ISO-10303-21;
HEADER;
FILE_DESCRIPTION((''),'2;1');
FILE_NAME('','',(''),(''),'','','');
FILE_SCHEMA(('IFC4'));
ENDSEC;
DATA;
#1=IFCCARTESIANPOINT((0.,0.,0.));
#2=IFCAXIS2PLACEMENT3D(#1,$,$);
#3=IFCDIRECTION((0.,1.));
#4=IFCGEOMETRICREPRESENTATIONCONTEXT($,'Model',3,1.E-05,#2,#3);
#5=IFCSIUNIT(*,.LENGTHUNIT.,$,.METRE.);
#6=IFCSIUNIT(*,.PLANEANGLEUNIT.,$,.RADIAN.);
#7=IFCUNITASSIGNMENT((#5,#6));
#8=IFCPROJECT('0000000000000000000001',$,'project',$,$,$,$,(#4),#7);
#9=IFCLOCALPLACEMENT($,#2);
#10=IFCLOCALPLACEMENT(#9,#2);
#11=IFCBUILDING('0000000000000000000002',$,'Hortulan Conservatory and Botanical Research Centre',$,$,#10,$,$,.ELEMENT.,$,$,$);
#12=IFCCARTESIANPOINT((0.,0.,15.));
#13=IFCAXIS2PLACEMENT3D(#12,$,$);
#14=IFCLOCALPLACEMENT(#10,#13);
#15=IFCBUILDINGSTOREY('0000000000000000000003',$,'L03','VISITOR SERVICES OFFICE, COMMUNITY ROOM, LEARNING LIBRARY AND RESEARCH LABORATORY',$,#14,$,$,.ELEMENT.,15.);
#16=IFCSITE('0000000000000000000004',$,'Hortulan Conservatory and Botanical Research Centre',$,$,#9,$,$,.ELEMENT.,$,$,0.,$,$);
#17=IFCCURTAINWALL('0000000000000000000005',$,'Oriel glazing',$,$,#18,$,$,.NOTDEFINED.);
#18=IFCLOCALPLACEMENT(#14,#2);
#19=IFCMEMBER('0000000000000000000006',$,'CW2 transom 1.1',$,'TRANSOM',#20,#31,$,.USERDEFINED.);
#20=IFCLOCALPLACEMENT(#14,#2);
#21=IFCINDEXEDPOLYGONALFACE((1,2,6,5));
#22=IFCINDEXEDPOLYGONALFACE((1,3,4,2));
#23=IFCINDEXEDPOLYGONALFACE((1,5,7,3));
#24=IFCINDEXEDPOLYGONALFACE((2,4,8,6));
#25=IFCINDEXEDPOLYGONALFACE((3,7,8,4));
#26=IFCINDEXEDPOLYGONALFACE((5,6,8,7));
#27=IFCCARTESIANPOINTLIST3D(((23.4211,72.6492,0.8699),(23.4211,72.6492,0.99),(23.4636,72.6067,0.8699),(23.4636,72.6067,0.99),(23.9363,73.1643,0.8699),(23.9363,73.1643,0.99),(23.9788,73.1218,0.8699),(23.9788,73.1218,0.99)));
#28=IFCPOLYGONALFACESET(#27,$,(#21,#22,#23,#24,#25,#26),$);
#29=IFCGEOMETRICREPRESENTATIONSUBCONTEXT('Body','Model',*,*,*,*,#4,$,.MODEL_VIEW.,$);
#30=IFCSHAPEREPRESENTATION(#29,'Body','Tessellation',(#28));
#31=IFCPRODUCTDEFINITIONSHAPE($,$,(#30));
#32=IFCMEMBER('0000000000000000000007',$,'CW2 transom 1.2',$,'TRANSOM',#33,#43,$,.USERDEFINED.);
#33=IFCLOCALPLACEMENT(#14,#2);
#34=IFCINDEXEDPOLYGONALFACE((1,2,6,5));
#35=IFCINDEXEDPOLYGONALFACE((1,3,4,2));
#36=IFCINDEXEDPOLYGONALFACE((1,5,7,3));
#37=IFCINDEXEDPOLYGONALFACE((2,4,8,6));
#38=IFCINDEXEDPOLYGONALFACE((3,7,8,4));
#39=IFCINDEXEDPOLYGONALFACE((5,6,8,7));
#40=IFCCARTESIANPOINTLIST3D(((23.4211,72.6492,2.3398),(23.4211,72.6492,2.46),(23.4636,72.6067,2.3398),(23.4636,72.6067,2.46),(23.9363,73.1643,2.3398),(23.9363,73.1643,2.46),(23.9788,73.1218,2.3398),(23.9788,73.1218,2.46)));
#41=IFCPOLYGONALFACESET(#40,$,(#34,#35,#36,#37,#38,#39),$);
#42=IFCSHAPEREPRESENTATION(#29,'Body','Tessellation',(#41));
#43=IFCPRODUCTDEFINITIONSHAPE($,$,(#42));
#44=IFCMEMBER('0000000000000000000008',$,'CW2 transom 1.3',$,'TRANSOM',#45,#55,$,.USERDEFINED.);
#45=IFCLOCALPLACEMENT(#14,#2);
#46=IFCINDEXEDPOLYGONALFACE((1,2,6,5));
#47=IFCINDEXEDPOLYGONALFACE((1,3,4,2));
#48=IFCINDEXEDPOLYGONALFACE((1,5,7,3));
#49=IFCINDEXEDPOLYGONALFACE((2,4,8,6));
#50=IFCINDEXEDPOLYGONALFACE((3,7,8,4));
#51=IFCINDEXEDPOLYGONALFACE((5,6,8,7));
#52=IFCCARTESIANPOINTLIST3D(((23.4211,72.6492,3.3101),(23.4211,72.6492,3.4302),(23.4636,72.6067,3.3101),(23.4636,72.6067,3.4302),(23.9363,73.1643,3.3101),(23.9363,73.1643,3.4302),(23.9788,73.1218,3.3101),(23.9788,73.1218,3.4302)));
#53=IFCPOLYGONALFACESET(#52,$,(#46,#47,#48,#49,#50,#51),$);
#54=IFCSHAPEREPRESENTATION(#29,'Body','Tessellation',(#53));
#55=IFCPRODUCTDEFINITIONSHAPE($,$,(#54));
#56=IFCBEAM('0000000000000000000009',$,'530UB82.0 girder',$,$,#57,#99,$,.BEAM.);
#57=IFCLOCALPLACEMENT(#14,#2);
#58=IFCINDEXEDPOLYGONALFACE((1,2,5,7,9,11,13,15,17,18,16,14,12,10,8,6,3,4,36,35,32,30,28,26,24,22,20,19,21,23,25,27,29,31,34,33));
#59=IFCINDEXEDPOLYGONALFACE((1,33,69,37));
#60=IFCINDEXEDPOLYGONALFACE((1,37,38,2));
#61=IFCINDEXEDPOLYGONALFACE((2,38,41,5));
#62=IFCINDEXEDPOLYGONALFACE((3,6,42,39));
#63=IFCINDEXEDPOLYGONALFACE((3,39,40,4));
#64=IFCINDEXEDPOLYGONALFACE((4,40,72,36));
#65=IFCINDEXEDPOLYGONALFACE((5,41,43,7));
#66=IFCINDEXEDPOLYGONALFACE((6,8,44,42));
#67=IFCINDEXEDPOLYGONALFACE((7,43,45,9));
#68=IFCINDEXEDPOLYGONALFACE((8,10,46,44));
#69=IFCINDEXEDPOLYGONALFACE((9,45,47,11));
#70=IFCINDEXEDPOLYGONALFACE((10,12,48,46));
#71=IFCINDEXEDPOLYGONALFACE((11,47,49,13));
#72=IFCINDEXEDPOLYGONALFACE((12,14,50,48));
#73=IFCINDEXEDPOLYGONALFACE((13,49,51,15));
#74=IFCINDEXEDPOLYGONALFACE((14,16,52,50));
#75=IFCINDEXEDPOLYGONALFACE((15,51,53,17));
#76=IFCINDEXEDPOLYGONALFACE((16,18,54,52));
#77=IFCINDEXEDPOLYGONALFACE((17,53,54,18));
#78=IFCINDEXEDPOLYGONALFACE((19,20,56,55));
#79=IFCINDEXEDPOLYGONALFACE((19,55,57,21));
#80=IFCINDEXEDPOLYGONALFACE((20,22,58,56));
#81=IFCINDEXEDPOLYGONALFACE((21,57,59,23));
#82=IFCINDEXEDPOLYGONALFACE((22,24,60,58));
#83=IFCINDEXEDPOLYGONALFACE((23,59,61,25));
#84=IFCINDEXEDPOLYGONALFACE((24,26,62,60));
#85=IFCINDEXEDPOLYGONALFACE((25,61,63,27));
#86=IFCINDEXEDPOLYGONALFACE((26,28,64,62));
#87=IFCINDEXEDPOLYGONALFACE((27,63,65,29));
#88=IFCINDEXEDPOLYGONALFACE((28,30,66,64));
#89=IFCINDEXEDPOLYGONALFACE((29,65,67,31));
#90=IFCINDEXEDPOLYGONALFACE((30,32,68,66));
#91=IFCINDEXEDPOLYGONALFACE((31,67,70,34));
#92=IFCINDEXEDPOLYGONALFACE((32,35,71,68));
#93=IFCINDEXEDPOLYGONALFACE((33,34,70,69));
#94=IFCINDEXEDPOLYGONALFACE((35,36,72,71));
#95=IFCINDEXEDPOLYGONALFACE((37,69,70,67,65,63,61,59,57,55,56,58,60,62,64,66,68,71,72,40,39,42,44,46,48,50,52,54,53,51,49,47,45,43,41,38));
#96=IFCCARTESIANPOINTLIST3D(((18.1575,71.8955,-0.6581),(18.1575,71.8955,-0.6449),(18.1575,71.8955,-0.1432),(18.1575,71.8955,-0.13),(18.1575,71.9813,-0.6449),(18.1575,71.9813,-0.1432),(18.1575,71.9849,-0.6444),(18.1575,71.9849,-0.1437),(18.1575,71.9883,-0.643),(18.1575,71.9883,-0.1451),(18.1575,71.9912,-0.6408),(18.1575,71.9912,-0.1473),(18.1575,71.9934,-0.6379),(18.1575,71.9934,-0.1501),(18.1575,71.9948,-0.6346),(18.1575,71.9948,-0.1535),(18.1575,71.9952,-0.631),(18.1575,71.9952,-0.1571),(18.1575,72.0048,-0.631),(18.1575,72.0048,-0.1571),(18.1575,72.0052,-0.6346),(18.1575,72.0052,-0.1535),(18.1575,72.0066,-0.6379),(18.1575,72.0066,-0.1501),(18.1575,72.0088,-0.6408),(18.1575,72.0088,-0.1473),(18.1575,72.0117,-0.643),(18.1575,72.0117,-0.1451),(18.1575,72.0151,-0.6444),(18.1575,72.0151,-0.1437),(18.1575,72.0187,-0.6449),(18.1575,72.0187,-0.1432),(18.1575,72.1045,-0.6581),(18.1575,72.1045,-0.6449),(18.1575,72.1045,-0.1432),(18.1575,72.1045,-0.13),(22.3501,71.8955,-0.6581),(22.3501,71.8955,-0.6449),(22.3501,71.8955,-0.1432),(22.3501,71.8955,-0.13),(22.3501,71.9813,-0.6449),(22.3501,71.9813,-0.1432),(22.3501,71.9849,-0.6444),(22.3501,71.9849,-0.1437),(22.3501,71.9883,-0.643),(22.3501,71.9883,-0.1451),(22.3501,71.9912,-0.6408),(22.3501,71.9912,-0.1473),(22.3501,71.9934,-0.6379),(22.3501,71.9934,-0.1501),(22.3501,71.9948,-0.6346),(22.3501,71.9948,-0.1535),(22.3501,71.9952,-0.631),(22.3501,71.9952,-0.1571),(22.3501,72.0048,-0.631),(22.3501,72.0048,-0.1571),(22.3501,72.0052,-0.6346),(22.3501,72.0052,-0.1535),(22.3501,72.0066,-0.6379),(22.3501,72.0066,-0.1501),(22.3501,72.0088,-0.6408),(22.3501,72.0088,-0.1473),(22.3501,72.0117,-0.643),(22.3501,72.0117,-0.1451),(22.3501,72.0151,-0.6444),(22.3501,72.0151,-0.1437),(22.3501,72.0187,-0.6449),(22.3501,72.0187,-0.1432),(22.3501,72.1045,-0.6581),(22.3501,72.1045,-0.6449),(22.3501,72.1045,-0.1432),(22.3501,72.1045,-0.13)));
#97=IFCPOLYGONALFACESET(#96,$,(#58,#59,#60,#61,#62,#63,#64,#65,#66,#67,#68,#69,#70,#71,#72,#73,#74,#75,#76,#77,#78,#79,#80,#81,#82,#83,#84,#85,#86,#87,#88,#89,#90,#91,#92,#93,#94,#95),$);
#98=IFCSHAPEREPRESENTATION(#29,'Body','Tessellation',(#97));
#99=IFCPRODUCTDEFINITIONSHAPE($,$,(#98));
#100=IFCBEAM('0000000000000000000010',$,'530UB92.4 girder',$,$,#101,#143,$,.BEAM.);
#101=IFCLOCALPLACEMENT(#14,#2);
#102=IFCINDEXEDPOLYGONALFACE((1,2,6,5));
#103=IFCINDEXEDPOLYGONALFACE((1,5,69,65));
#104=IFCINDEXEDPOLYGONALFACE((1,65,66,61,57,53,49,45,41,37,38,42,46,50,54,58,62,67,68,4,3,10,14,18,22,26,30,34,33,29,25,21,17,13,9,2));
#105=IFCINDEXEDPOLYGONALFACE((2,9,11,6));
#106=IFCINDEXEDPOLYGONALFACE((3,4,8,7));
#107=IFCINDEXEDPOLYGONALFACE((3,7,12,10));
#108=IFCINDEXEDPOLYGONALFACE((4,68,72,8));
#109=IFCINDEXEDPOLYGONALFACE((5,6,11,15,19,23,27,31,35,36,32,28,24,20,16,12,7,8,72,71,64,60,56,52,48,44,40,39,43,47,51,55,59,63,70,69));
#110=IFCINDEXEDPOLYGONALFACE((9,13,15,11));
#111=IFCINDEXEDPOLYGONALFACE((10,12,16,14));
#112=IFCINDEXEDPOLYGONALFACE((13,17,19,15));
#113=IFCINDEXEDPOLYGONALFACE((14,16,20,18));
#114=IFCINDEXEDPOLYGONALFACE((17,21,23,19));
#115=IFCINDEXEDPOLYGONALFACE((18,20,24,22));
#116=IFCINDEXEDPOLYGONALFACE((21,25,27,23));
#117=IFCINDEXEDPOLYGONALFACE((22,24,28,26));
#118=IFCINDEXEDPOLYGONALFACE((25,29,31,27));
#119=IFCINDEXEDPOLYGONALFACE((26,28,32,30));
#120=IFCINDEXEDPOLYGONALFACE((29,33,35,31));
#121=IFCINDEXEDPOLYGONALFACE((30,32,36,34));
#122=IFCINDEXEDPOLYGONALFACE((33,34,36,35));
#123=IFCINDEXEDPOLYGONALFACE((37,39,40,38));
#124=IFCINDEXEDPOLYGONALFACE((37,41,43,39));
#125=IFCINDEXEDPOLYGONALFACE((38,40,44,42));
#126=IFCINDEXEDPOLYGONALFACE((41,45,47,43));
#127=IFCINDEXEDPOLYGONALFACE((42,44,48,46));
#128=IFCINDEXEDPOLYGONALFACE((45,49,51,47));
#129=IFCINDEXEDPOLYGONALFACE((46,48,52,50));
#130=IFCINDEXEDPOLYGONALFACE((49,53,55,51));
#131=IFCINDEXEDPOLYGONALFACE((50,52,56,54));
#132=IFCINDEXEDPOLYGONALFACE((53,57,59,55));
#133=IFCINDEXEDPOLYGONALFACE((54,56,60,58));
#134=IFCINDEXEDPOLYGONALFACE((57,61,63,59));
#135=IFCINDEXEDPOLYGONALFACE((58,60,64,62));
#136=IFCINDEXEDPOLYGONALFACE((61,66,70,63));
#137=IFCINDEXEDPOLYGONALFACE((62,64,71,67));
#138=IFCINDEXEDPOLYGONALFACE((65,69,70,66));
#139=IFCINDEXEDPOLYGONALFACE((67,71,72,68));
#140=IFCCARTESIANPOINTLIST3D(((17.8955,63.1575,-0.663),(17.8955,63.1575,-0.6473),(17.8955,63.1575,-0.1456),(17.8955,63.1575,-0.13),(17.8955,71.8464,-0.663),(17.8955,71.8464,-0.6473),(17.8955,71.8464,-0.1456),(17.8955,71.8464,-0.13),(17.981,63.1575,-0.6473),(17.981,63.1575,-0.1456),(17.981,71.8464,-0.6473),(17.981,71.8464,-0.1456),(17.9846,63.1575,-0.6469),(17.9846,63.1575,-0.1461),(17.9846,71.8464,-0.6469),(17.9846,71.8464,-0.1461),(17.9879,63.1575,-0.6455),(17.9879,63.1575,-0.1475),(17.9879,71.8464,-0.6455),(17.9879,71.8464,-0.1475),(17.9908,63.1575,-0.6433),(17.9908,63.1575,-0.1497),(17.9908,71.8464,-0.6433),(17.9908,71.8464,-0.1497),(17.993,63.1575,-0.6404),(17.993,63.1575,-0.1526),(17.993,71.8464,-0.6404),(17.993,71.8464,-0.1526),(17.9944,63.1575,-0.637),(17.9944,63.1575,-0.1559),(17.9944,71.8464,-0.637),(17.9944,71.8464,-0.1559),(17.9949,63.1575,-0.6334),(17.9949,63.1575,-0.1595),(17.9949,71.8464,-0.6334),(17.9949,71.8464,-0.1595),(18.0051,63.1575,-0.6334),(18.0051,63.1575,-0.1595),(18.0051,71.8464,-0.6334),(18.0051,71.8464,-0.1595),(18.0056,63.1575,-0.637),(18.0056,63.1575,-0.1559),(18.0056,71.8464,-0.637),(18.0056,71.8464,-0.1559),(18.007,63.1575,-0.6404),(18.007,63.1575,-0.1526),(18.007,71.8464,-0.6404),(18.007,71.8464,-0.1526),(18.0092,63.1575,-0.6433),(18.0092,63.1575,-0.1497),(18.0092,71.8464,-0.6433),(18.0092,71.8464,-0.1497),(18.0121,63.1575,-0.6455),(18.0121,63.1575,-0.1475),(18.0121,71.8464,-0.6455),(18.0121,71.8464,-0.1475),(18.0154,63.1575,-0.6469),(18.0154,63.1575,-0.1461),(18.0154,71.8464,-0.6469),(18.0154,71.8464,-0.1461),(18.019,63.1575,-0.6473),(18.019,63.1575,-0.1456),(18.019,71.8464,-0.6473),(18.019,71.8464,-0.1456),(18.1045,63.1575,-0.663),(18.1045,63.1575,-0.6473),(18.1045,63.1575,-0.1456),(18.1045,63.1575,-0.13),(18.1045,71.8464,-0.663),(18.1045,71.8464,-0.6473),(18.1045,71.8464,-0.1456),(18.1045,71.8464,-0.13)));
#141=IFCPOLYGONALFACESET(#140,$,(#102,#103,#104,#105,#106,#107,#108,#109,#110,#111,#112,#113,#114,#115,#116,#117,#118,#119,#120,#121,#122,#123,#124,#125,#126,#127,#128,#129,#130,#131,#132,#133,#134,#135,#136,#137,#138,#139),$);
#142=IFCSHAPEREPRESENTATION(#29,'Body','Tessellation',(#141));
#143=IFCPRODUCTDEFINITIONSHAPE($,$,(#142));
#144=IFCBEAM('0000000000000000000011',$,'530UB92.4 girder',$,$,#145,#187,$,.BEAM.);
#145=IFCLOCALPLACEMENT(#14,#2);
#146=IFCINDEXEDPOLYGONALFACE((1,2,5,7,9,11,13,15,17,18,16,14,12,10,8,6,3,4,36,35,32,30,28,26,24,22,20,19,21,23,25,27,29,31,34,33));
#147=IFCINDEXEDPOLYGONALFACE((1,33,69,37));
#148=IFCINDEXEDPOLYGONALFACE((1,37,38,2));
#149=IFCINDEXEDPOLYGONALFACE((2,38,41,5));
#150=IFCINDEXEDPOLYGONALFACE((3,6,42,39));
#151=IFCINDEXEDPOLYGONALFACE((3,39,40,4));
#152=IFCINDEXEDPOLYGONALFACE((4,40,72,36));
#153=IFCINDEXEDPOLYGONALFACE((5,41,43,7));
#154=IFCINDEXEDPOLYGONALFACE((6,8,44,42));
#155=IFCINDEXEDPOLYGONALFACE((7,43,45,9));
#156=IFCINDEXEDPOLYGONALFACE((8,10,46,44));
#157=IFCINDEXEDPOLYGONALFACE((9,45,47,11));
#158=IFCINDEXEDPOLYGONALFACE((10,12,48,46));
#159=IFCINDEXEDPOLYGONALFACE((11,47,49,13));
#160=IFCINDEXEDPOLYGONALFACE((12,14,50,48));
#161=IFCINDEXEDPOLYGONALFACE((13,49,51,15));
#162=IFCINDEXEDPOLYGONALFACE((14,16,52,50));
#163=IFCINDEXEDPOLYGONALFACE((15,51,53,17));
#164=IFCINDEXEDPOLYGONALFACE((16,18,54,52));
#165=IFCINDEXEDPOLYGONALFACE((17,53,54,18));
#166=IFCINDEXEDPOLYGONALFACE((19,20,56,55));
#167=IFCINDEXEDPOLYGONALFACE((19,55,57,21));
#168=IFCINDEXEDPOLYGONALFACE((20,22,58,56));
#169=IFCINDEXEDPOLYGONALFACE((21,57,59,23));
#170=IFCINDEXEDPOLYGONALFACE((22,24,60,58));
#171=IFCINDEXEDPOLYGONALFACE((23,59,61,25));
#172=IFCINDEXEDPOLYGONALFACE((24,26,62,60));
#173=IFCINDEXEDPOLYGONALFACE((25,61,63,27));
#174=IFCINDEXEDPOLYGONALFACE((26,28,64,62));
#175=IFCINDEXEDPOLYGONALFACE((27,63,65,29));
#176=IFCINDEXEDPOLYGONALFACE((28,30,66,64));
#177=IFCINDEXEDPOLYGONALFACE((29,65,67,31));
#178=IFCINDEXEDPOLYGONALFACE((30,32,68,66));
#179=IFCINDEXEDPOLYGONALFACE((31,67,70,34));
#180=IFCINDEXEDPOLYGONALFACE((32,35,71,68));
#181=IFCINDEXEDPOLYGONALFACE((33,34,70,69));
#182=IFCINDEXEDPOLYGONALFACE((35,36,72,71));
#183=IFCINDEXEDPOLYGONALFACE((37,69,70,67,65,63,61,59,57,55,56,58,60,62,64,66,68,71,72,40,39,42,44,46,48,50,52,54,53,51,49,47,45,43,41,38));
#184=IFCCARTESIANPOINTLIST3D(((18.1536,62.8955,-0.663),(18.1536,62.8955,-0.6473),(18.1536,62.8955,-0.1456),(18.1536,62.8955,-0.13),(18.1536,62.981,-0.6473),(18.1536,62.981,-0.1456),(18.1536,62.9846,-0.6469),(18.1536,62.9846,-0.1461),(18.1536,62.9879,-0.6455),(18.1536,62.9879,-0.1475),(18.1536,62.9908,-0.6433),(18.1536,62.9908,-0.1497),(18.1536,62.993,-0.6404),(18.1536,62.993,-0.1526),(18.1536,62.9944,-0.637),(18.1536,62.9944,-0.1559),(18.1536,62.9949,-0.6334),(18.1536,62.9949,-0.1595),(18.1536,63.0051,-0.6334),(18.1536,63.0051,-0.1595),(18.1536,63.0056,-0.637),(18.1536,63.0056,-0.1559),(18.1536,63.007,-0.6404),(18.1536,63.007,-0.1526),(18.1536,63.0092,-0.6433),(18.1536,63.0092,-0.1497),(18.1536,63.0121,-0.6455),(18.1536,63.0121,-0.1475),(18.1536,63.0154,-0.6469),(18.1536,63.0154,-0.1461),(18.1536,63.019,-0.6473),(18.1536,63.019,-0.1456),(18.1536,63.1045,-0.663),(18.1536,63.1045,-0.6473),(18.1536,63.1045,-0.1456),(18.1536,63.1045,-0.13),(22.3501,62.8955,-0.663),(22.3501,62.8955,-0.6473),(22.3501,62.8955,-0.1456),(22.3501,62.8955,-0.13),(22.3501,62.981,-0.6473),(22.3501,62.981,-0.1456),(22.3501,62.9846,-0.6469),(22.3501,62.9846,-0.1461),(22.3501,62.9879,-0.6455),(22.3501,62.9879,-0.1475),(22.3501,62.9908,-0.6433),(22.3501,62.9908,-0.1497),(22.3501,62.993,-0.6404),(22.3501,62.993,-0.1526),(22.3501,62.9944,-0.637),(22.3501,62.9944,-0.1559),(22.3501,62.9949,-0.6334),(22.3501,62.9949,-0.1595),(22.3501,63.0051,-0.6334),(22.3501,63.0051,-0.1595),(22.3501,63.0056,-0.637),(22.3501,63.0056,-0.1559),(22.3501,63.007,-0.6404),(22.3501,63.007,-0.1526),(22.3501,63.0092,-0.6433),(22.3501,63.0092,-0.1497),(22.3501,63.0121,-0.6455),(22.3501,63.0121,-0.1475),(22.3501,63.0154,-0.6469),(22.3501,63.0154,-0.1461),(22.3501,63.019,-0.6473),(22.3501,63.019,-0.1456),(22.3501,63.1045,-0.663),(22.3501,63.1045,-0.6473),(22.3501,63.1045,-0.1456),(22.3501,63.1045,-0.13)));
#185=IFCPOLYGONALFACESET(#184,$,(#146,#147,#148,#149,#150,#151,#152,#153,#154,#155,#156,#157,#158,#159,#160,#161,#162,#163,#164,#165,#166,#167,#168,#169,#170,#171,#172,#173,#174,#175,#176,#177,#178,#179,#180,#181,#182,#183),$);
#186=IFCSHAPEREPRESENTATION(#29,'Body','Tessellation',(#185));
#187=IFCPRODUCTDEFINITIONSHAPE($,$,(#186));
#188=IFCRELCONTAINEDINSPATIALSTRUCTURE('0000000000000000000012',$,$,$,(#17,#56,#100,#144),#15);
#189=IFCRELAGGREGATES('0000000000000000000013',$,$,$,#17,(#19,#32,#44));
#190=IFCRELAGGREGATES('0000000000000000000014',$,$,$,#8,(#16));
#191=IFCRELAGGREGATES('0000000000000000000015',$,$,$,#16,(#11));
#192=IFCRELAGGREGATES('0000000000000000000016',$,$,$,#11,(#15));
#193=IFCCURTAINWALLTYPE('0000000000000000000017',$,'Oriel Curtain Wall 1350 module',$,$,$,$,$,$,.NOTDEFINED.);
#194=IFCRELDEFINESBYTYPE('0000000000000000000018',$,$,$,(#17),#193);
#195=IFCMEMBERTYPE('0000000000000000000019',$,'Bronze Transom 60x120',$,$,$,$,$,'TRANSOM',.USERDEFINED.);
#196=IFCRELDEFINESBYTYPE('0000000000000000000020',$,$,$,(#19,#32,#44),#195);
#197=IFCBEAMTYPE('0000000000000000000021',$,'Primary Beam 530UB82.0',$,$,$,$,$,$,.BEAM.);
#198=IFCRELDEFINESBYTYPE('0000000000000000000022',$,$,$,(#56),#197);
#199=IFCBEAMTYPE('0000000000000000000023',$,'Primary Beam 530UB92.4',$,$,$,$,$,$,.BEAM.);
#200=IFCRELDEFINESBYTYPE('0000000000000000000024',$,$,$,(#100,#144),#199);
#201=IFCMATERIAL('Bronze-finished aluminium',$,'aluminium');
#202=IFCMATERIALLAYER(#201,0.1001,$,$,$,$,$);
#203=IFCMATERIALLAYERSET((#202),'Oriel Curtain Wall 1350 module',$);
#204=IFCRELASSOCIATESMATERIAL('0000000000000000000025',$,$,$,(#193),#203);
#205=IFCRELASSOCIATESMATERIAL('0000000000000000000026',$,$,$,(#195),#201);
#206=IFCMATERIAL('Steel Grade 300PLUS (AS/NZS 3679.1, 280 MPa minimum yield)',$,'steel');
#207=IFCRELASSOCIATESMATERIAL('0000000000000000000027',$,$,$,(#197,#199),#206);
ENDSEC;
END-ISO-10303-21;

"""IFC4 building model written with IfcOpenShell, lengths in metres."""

from ifc_helpers import new_model, si_unit, direction, frame, origin, origin_2d, place, context, subcontext, project, spatial, rectangle, i_section, extrude, material, layer, layer_set, material_profile, profile_set, type_object, element, aggregate, save


model = new_model("IFC4")

# Units and contexts
model_context = context("Model", 3, precision=1e-05, world=origin(), true_north=direction((0.0, 1.0)))
body_context = subcontext(model_context, "Body", "Model", "MODEL_VIEW")
ifc_project = project(units=[si_unit("LENGTHUNIT", "METRE"), si_unit("PLANEANGLEUNIT", "RADIAN")], contexts=[model_context])

# Site, building, storey
site_placement = place(None, origin())
site = spatial("IfcSite", under=ifc_project, at=site_placement, Name="Hortulan Conservatory and Botanical Research Centre", CompositionType="ELEMENT", RefElevation=0.0)
building_placement = place(site_placement, origin())
building = spatial("IfcBuilding", under=site, at=building_placement, Name="Hortulan Conservatory and Botanical Research Centre", CompositionType="ELEMENT")
storey_placement = place(building_placement, frame((0.0, 0.0, 15.0)))
storey = spatial("IfcBuildingStorey", under=building, at=storey_placement, Name="L03", Description="VISITOR SERVICES OFFICE, COMMUNITY ROOM, LEARNING LIBRARY AND RESEARCH LABORATORY", CompositionType="ELEMENT", Elevation=15.0)

# Shared definitions
ifc_material_1 = material(Name="Steel Grade 300PLUS (AS/NZS 3679.1, 280 MPa minimum yield)", Category="steel")

# Shared definitions
ifc_material_2 = material(Name="Bronze-finished aluminium", Category="aluminium")
ifc_layer_1 = layer(ifc_material_2, 0.1001)
ifc_layer_set_1 = layer_set([ifc_layer_1], Name="Oriel Curtain Wall 1350 module")
curtain_wall_type = type_object("IfcCurtainWallType", Name="Oriel Curtain Wall 1350 module", PredefinedType="NOTDEFINED", material=ifc_layer_set_1)

# Curtain wall
curtain_wall_1_placement = place(storey_placement, origin())
curtain_wall_1 = element("IfcCurtainWall", 1, at=curtain_wall_1_placement, inside=storey, type_object=curtain_wall_type, Name="Oriel glazing", PredefinedType="NOTDEFINED")

# Members
ifc_material_profile_1 = material_profile(ifc_material_2, rectangle(XDim=0.0601, YDim=0.1201, at=origin_2d()), Name="Bronze Transom 60x120")
ifc_profile_set_1 = profile_set([ifc_material_profile_1], Name="Bronze-finished aluminium")
member_type_1 = type_object("IfcMemberType", Name="Bronze Transom 60x120", ElementType="TRANSOM", PredefinedType="USERDEFINED", material=ifc_profile_set_1)
member_1_placement = place(storey_placement, frame((23.4424, 72.6279, 0.9299), z_axis=(0.707107, 0.707107, 0.0), x_axis=(-0.707107, 0.707107, 0.0)))
member_1 = element("IfcMember", 2, at=member_1_placement, type_object=member_type_1, Name="CW2 transom 1.1", ObjectType="TRANSOM", PredefinedType="USERDEFINED", context=body_context, shape_type="SweptSolid", body=[
    extrude(rectangle(XDim=0.0601, YDim=0.1201, at=origin_2d()), origin(), (0.0, 0.0, 1.0), 0.7285),
])
member_2_placement = place(storey_placement, frame((23.4424, 72.6279, 2.3999), z_axis=(0.707107, 0.707107, 0.0), x_axis=(-0.707107, 0.707107, 0.0)))
member_2 = element("IfcMember", 3, at=member_2_placement, type_object=member_type_1, Name="CW2 transom 1.2", ObjectType="TRANSOM", PredefinedType="USERDEFINED", context=body_context, shape_type="SweptSolid", body=[
    extrude(rectangle(XDim=0.0601, YDim=0.1201, at=origin_2d()), origin(), (0.0, 0.0, 1.0), 0.7285),
])
member_3_placement = place(storey_placement, frame((23.4424, 72.6279, 3.3701), z_axis=(0.707107, 0.707107, 0.0), x_axis=(-0.707107, 0.707107, 0.0)))
member_3 = element("IfcMember", 4, at=member_3_placement, type_object=member_type_1, Name="CW2 transom 1.3", ObjectType="TRANSOM", PredefinedType="USERDEFINED", context=body_context, shape_type="SweptSolid", body=[
    extrude(rectangle(XDim=0.0601, YDim=0.1201, at=origin_2d()), origin(), (0.0, 0.0, 1.0), 0.7285),
])

# Beams
ifc_material_profile_2 = material_profile(ifc_material_1, i_section(OverallWidth=0.209, OverallDepth=0.5281, WebThickness=0.0095, FlangeThickness=0.0132, FilletRadius=0.0139, at=origin_2d()), Name="530UB82.0")
ifc_profile_set_2 = profile_set([ifc_material_profile_2], Name="Steel Grade 300PLUS (AS/NZS 3679.1, 280 MPa minimum yield)")
beam_type_1 = type_object("IfcBeamType", Name="Primary Beam 530UB82.0", PredefinedType="BEAM", material=ifc_profile_set_2)
beam_1_placement = place(storey_placement, frame((18.1575, 72.0, -0.394), z_axis=(1.0, 0.0, 0.0), x_axis=(0.0, 1.0, 0.0)))
element("IfcBeam", 5, at=beam_1_placement, inside=storey, type_object=beam_type_1, Name="530UB82.0 girder", PredefinedType="BEAM", context=body_context, shape_type="SweptSolid", body=[
    extrude(i_section(OverallWidth=0.209, OverallDepth=0.5281, WebThickness=0.0095, FlangeThickness=0.0132, FilletRadius=0.0139, at=origin_2d()), origin(), (0.0, 0.0, 1.0), 4.1926),
])
ifc_material_profile_3 = material_profile(ifc_material_1, i_section(OverallWidth=0.209, OverallDepth=0.533, WebThickness=0.0103, FlangeThickness=0.0156, FilletRadius=0.0139, at=origin_2d()), Name="530UB92.4")
ifc_profile_set_3 = profile_set([ifc_material_profile_3], Name="Steel Grade 300PLUS (AS/NZS 3679.1, 280 MPa minimum yield)")
beam_type_2 = type_object("IfcBeamType", Name="Primary Beam 530UB92.4", PredefinedType="BEAM", material=ifc_profile_set_3)
beam_2_placement = place(storey_placement, frame((18.0, 63.1575, -0.3965), z_axis=(0.0, 1.0, 0.0), x_axis=(-1.0, 0.0, 0.0)))
element("IfcBeam", 6, at=beam_2_placement, inside=storey, type_object=beam_type_2, Name="530UB92.4 girder", PredefinedType="BEAM", context=body_context, shape_type="SweptSolid", body=[
    extrude(i_section(OverallWidth=0.209, OverallDepth=0.533, WebThickness=0.0103, FlangeThickness=0.0156, FilletRadius=0.0139, at=origin_2d()), origin(), (0.0, 0.0, 1.0), 8.689),
])
beam_3_placement = place(storey_placement, frame((18.1536, 63.0, -0.3965), z_axis=(1.0, 0.0, 0.0), x_axis=(0.0, 1.0, 0.0)))
element("IfcBeam", 7, at=beam_3_placement, inside=storey, type_object=beam_type_2, Name="530UB92.4 girder", PredefinedType="BEAM", context=body_context, shape_type="SweptSolid", body=[
    extrude(i_section(OverallWidth=0.209, OverallDepth=0.533, WebThickness=0.0103, FlangeThickness=0.0156, FilletRadius=0.0139, at=origin_2d()), origin(), (0.0, 0.0, 1.0), 4.1965),
])

aggregate(curtain_wall_1, [member_1, member_2, member_3])

save(model, "model.ifc")
